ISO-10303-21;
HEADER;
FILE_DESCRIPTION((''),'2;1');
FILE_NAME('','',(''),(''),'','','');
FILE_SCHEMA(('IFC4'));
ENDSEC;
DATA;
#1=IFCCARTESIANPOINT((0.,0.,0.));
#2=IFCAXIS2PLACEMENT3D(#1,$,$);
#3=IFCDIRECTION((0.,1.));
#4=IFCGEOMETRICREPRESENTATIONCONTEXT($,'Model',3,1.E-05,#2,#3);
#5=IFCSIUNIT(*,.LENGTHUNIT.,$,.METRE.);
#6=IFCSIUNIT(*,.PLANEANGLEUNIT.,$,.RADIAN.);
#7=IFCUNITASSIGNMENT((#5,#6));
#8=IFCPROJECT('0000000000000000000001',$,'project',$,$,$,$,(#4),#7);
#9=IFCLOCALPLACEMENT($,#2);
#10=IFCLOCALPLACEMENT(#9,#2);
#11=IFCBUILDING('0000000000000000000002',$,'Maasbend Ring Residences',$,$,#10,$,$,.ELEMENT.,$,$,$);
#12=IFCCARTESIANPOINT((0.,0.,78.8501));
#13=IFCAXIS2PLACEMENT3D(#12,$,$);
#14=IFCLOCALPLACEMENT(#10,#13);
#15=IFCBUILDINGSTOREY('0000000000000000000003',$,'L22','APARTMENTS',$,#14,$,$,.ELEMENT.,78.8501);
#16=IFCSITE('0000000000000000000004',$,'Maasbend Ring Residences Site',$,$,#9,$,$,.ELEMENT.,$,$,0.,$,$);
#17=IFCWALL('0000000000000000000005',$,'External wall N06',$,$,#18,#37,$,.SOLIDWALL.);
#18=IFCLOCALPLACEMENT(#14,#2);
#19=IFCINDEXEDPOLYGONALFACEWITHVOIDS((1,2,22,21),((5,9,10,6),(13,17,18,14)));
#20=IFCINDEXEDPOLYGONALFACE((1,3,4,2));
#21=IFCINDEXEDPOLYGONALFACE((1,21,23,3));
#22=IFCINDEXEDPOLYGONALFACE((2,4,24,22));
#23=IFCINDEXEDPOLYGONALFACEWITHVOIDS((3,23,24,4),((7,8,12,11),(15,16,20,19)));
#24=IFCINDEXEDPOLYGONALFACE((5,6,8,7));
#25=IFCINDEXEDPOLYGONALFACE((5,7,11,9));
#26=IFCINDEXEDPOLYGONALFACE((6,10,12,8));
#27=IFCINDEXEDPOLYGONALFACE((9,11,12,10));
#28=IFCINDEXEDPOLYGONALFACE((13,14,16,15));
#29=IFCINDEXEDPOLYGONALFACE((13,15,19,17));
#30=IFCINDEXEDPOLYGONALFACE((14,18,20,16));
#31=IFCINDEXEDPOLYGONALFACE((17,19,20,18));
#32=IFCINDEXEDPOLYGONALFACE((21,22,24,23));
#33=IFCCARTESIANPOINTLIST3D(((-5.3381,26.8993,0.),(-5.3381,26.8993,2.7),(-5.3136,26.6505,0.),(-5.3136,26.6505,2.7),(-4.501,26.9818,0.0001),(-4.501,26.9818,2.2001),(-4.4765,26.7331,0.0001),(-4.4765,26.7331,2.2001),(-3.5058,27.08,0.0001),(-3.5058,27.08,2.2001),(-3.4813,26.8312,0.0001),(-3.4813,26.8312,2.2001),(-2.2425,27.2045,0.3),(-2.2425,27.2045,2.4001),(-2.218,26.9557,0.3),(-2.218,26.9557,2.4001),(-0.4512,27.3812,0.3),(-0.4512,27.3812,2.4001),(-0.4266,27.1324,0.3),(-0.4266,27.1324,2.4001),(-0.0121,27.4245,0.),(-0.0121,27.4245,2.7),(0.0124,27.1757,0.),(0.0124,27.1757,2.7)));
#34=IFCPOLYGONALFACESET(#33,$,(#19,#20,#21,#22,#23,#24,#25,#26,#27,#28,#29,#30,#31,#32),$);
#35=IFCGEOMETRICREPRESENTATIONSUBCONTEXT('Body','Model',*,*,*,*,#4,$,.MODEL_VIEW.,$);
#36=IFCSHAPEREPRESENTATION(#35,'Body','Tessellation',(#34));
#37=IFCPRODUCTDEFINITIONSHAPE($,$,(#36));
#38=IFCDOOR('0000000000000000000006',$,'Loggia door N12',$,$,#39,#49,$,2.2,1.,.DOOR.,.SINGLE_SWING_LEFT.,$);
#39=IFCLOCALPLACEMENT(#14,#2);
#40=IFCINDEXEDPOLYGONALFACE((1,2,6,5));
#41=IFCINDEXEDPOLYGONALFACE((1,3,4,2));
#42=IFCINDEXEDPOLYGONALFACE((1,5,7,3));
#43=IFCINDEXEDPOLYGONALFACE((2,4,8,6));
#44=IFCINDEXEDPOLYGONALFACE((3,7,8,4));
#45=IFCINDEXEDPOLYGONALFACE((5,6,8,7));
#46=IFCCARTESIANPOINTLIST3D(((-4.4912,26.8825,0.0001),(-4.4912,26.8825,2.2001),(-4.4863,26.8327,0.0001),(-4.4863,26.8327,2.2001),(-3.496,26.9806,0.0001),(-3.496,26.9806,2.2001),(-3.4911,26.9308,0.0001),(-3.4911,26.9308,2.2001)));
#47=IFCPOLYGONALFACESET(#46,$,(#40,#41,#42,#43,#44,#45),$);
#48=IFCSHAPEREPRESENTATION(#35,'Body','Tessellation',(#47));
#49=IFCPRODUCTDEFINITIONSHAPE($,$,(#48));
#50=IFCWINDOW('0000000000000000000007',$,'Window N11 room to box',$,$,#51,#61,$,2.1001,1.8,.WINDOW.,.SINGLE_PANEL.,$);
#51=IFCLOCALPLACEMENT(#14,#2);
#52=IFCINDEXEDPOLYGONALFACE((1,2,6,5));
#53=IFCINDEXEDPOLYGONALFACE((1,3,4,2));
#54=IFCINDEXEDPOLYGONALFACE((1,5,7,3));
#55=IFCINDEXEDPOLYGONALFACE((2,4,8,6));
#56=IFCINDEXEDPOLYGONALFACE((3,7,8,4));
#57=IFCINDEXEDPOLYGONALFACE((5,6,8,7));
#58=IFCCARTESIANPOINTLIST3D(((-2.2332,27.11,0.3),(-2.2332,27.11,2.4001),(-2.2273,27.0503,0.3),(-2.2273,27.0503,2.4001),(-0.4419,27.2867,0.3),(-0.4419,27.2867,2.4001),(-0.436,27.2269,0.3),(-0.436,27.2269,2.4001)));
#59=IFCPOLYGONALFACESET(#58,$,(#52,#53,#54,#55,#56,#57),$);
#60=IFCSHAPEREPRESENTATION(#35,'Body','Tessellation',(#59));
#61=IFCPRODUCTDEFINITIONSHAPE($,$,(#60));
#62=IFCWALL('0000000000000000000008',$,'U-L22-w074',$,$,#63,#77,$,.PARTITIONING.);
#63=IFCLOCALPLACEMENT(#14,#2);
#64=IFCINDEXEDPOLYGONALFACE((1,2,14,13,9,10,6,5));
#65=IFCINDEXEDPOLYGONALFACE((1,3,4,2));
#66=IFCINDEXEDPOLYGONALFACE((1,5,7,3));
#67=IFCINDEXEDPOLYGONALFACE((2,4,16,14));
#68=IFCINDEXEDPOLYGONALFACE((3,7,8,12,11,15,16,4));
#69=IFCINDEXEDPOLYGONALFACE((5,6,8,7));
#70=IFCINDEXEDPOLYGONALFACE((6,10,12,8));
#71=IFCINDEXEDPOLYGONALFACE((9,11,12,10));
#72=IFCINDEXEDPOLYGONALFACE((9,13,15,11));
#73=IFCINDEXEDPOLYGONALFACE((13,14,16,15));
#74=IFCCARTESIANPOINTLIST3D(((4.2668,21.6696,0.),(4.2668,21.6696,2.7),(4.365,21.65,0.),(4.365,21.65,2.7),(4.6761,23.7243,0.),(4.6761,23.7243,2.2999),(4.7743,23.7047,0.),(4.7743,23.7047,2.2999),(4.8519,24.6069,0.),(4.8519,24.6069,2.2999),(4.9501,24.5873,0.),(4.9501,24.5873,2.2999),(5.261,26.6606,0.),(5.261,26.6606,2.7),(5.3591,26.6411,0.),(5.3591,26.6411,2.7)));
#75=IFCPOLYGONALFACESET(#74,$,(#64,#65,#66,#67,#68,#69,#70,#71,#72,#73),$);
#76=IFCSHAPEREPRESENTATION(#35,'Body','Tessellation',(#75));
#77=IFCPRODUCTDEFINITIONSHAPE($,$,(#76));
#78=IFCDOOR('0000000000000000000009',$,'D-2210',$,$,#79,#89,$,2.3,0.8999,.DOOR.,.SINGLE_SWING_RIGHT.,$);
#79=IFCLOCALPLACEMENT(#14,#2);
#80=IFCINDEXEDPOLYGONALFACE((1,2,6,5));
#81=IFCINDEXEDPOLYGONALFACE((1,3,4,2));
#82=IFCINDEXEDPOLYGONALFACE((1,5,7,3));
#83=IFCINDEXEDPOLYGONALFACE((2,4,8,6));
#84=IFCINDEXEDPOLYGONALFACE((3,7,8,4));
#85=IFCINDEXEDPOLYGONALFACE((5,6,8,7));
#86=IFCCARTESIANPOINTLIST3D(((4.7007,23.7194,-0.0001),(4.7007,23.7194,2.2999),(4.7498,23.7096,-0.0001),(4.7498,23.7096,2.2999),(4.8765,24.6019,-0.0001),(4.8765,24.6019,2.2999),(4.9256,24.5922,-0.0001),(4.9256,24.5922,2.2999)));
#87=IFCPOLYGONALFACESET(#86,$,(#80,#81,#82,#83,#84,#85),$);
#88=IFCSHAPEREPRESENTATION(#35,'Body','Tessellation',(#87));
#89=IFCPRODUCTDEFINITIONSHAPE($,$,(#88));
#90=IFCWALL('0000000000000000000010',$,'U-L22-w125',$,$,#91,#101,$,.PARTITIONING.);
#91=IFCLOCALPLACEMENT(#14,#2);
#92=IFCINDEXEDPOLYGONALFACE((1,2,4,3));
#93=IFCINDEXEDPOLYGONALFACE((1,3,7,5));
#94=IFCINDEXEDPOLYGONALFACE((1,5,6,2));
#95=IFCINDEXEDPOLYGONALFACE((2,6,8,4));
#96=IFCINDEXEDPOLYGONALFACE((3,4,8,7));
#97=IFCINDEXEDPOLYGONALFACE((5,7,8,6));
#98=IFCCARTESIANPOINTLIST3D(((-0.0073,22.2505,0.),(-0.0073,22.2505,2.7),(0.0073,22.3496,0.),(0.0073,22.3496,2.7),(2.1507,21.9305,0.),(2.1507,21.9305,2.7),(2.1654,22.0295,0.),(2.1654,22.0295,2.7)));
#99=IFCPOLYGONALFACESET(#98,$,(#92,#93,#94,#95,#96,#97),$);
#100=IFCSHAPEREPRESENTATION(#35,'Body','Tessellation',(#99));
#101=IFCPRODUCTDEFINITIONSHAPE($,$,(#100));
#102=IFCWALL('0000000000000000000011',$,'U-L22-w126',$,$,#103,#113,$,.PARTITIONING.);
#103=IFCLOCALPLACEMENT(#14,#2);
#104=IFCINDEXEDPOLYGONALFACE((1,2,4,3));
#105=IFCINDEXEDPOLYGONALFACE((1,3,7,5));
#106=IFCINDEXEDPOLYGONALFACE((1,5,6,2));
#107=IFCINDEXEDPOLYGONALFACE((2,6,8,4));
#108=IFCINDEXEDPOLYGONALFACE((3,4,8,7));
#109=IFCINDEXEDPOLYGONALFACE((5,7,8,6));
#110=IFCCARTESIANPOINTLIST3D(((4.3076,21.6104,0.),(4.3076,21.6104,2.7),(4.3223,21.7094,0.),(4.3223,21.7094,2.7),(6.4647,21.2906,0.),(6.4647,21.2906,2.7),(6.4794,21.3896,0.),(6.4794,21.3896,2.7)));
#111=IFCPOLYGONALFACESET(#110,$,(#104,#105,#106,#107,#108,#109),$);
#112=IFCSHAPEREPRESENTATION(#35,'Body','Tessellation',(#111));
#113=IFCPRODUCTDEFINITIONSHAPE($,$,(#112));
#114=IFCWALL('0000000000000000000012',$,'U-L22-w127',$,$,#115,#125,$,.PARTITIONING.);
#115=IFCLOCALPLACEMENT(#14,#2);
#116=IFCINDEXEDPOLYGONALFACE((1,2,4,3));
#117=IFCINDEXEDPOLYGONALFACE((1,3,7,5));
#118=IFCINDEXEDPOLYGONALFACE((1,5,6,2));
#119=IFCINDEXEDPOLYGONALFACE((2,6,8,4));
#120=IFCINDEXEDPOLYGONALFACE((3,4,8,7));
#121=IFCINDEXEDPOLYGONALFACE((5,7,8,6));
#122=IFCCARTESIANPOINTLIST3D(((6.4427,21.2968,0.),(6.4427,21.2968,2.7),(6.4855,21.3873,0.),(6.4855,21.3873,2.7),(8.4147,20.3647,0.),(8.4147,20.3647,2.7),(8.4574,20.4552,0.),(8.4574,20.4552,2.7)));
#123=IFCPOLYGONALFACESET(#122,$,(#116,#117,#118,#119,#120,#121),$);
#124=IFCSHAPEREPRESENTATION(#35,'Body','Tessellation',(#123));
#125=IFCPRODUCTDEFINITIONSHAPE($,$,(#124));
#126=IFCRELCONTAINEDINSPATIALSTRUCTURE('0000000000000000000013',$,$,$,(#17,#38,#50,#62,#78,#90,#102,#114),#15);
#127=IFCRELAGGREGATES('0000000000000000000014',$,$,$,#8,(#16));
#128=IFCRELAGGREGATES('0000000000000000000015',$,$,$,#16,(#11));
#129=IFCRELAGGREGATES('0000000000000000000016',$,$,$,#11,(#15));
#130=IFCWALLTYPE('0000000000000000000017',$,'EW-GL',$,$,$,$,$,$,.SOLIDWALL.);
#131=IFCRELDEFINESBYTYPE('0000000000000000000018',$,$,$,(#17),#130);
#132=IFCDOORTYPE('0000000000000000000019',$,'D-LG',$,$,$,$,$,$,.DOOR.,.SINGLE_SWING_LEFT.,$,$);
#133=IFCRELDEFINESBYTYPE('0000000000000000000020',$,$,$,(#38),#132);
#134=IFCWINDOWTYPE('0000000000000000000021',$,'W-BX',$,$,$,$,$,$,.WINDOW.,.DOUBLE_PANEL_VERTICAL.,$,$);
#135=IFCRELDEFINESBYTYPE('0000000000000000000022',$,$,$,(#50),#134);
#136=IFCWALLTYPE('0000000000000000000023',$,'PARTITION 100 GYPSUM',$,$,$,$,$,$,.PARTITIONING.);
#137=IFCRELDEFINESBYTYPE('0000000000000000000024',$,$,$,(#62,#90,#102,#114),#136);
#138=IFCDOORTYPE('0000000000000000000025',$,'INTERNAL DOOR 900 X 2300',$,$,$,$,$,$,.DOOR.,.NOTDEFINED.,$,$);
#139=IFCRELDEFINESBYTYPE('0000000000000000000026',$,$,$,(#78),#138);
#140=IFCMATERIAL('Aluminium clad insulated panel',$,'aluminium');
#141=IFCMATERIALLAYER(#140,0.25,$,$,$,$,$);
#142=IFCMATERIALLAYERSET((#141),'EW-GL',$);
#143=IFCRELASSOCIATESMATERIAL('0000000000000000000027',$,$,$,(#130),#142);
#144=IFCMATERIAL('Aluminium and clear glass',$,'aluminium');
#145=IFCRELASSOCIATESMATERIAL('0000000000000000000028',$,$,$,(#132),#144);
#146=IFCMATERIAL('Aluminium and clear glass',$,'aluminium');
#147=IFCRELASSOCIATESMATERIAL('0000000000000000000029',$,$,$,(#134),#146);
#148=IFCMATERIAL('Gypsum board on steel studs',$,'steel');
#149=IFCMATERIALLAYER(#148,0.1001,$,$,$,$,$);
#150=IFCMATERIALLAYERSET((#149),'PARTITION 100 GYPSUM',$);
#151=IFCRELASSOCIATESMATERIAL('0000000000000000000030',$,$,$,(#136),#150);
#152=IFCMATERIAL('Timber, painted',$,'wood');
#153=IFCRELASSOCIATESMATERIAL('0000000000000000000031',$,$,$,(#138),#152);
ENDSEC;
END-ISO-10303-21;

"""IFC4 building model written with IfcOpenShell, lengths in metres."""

from ifc_helpers import new_model, si_unit, direction, frame, frame_2d, origin, place, context, subcontext, project, spatial, rectangle, extrude, material, layer, layer_set, type_object, element, fill, save


model = new_model("IFC4")

# Units and contexts
model_context = context("Model", 3, precision=1e-05, world=origin(), true_north=direction((0.0, 1.0)))
body_context = subcontext(model_context, "Body", "Model", "MODEL_VIEW")
ifc_project = project(units=[si_unit("LENGTHUNIT", "METRE"), si_unit("PLANEANGLEUNIT", "RADIAN")], contexts=[model_context])

# Site, building, storey
site_placement = place(None, origin())
site = spatial("IfcSite", under=ifc_project, at=site_placement, Name="Maasbend Ring Residences Site", CompositionType="ELEMENT", RefElevation=0.0)
building_placement = place(site_placement, origin())
building = spatial("IfcBuilding", under=site, at=building_placement, Name="Maasbend Ring Residences", CompositionType="ELEMENT")
storey_placement = place(building_placement, frame((0.0, 0.0, 78.8501)))
storey = spatial("IfcBuildingStorey", under=building, at=storey_placement, Name="L22", Description="APARTMENTS", CompositionType="ELEMENT", Elevation=78.8501)

# Wall, openings, door, window
ifc_material_1 = material(Name="Aluminium clad insulated panel", Category="aluminium")
ifc_layer_1 = layer(ifc_material_1, 0.25)
ifc_layer_set_1 = layer_set([ifc_layer_1], Name="EW-GL")
wall_type_1 = type_object("IfcWallType", Name="EW-GL", PredefinedType="SOLIDWALL", material=ifc_layer_set_1)
ifc_material_2 = material(Name="Aluminium and clear glass", Category="aluminium")
door_type_1 = type_object("IfcDoorType", Name="D-LG", OperationType="SINGLE_SWING_LEFT", PredefinedType="DOOR", material=ifc_material_2)
ifc_material_3 = material(Name="Aluminium and clear glass", Category="aluminium")
window_type_1 = type_object("IfcWindowType", Name="W-BX", PartitioningType="DOUBLE_PANEL_VERTICAL", PredefinedType="WINDOW", material=ifc_material_3)
wall_1_placement = place(storey_placement, frame((0.0, 27.3, 0.0), z_axis=(0.0, 0.0, 1.0), x_axis=(-0.995174, -0.098126, 0.0)))
wall_1 = element("IfcWall", 1, at=wall_1_placement, inside=storey, type_object=wall_type_1, Name="External wall N06", PredefinedType="SOLIDWALL", context=body_context, shape_type="SweptSolid", body=[
    extrude(rectangle(XDim=5.3518, YDim=0.25, at=frame_2d((2.6758, 0.0))), origin(), (0.0, 0.0, 1.0), 2.7),
])
opening_1_placement = place(wall_1_placement, frame((0.4412, 0.0, 0.3)))
opening_1 = element("IfcOpeningElement", 2, at=opening_1_placement, cuts=wall_1, PredefinedType="OPENING", context=body_context, shape_type="SweptSolid", body=[
    extrude(rectangle(XDim=1.8, YDim=2.1001, at=frame_2d((0.8999, 1.05))), frame((0.0, 0.135, 0.0), z_axis=(0.0, -1.0, 0.0), x_axis=(1.0, 0.0, 0.0)), (0.0, 0.0, 1.0), 0.27),
])
opening_2_placement = place(wall_1_placement, frame((3.5105, 0.0, 0.0)))
opening_2 = element("IfcOpeningElement", 3, at=opening_2_placement, cuts=wall_1, PredefinedType="OPENING", context=body_context, shape_type="SweptSolid", body=[
    extrude(rectangle(XDim=1.0, YDim=2.2, at=frame_2d((0.5, 1.1001))), frame((0.0, 0.135, 0.0), z_axis=(0.0, -1.0, 0.0), x_axis=(1.0, 0.0, 0.0)), (0.0, 0.0, 1.0), 0.27),
])
door_1_placement = place(opening_2_placement, origin())
door_1 = element("IfcDoor", 4, at=door_1_placement, inside=storey, type_object=door_type_1, Name="Loggia door N12", OperationType="SINGLE_SWING_LEFT", OverallHeight=2.2, OverallWidth=1.0, PredefinedType="DOOR", context=body_context, shape_type="SweptSolid", body=[
    extrude(rectangle(XDim=1.0, YDim=2.2, at=frame_2d((0.5, 1.1001))), frame((0.0, 0.0249, 0.0), z_axis=(0.0, -1.0, 0.0), x_axis=(1.0, 0.0, 0.0)), (0.0, 0.0, 1.0), 0.05),
])
fill(opening_2, door_1)
window_1_placement = place(opening_1_placement, origin())
window_1 = element("IfcWindow", 5, at=window_1_placement, inside=storey, type_object=window_type_1, Name="Window N11 room to box", OverallHeight=2.1001, OverallWidth=1.8, PartitioningType="SINGLE_PANEL", PredefinedType="WINDOW", context=body_context, shape_type="SweptSolid", body=[
    extrude(rectangle(XDim=1.8, YDim=2.1001, at=frame_2d((0.8999, 1.05))), frame((0.0, 0.03, 0.0), z_axis=(0.0, -1.0, 0.0), x_axis=(1.0, 0.0, 0.0)), (0.0, 0.0, 1.0), 0.0601),
])
fill(opening_1, window_1)

# Wall, opening, door
ifc_material_4 = material(Name="Gypsum board on steel studs", Category="steel")
ifc_layer_2 = layer(ifc_material_4, 0.1001)
ifc_layer_set_2 = layer_set([ifc_layer_2], Name="PARTITION 100 GYPSUM")
wall_type_2 = type_object("IfcWallType", Name="PARTITION 100 GYPSUM", PredefinedType="PARTITIONING", material=ifc_layer_set_2)
wall_2_placement = place(storey_placement, frame((4.3159, 21.6599, 0.0), z_axis=(0.0, 0.0, 1.0), x_axis=(0.19535, 0.980734, 0.0)))
wall_2 = element("IfcWall", 6, at=wall_2_placement, inside=storey, type_object=wall_type_2, Name="U-L22-w074", PredefinedType="PARTITIONING", context=body_context, shape_type="SweptSolid", body=[
    extrude(rectangle(XDim=5.0891, YDim=0.1001, at=frame_2d((2.5444, 0.0))), origin(), (0.0, 0.0, 1.0), 2.7),
])
opening_3_placement = place(wall_2_placement, frame((2.095, 0.0, 0.0)))
opening_3 = element("IfcOpeningElement", 7, at=opening_3_placement, cuts=wall_2, PredefinedType="OPENING", context=body_context, shape_type="SweptSolid", body=[
    extrude(rectangle(XDim=0.8999, YDim=2.3, at=frame_2d((0.45, 1.1499))), frame((0.0, 0.0601, 0.0), z_axis=(0.0, -1.0, 0.0), x_axis=(1.0, 0.0, 0.0)), (0.0, 0.0, 1.0), 0.1201),
])
ifc_material_5 = material(Name="Timber, painted", Category="wood")
door_type_2 = type_object("IfcDoorType", Name="INTERNAL DOOR 900 X 2300", OperationType="NOTDEFINED", PredefinedType="DOOR", material=ifc_material_5)
door_2_placement = place(opening_3_placement, origin())
door_2 = element("IfcDoor", 8, at=door_2_placement, inside=storey, type_object=door_type_2, Name="D-2210", OperationType="SINGLE_SWING_RIGHT", OverallHeight=2.3, OverallWidth=0.8999, PredefinedType="DOOR", context=body_context, shape_type="SweptSolid", body=[
    extrude(rectangle(XDim=0.8999, YDim=2.3, at=frame_2d((0.45, 1.1499))), frame((0.0, 0.0249, 0.0), z_axis=(0.0, -1.0, 0.0), x_axis=(1.0, 0.0, 0.0)), (0.0, 0.0, 1.0), 0.05),
])
fill(opening_3, door_2)

# Walls
wall_3_placement = place(storey_placement, frame((0.0, 22.3, 0.0), z_axis=(0.0, 0.0, 1.0), x_axis=(0.989179, -0.146715, 0.0)))
element("IfcWall", 9, at=wall_3_placement, inside=storey, type_object=wall_type_2, Name="U-L22-w125", PredefinedType="PARTITIONING", context=body_context, shape_type="SweptSolid", body=[
    extrude(rectangle(XDim=2.1816, YDim=0.1001, at=frame_2d((1.0908, 0.0))), origin(), (0.0, 0.0, 1.0), 2.7),
])
wall_4_placement = place(storey_placement, frame((4.3149, 21.6599, 0.0), z_axis=(0.0, 0.0, 1.0), x_axis=(0.989185, -0.14667, 0.0)))
element("IfcWall", 10, at=wall_4_placement, inside=storey, type_object=wall_type_2, Name="U-L22-w126", PredefinedType="PARTITIONING", context=body_context, shape_type="SweptSolid", body=[
    extrude(rectangle(XDim=2.1807, YDim=0.1001, at=frame_2d((1.0903, 0.0))), origin(), (0.0, 0.0, 1.0), 2.7),
])
wall_5_placement = place(storey_placement, frame((6.4641, 21.342, 0.0), z_axis=(0.0, 0.0, 1.0), x_axis=(0.904082, -0.42736, 0.0)))
element("IfcWall", 11, at=wall_5_placement, inside=storey, type_object=wall_type_2, Name="U-L22-w127", PredefinedType="PARTITIONING", context=body_context, shape_type="SweptSolid", body=[
    extrude(rectangle(XDim=2.1812, YDim=0.1001, at=frame_2d((1.0906, 0.0))), origin(), (0.0, 0.0, 1.0), 2.7),
])

save(model, "model.ifc")
